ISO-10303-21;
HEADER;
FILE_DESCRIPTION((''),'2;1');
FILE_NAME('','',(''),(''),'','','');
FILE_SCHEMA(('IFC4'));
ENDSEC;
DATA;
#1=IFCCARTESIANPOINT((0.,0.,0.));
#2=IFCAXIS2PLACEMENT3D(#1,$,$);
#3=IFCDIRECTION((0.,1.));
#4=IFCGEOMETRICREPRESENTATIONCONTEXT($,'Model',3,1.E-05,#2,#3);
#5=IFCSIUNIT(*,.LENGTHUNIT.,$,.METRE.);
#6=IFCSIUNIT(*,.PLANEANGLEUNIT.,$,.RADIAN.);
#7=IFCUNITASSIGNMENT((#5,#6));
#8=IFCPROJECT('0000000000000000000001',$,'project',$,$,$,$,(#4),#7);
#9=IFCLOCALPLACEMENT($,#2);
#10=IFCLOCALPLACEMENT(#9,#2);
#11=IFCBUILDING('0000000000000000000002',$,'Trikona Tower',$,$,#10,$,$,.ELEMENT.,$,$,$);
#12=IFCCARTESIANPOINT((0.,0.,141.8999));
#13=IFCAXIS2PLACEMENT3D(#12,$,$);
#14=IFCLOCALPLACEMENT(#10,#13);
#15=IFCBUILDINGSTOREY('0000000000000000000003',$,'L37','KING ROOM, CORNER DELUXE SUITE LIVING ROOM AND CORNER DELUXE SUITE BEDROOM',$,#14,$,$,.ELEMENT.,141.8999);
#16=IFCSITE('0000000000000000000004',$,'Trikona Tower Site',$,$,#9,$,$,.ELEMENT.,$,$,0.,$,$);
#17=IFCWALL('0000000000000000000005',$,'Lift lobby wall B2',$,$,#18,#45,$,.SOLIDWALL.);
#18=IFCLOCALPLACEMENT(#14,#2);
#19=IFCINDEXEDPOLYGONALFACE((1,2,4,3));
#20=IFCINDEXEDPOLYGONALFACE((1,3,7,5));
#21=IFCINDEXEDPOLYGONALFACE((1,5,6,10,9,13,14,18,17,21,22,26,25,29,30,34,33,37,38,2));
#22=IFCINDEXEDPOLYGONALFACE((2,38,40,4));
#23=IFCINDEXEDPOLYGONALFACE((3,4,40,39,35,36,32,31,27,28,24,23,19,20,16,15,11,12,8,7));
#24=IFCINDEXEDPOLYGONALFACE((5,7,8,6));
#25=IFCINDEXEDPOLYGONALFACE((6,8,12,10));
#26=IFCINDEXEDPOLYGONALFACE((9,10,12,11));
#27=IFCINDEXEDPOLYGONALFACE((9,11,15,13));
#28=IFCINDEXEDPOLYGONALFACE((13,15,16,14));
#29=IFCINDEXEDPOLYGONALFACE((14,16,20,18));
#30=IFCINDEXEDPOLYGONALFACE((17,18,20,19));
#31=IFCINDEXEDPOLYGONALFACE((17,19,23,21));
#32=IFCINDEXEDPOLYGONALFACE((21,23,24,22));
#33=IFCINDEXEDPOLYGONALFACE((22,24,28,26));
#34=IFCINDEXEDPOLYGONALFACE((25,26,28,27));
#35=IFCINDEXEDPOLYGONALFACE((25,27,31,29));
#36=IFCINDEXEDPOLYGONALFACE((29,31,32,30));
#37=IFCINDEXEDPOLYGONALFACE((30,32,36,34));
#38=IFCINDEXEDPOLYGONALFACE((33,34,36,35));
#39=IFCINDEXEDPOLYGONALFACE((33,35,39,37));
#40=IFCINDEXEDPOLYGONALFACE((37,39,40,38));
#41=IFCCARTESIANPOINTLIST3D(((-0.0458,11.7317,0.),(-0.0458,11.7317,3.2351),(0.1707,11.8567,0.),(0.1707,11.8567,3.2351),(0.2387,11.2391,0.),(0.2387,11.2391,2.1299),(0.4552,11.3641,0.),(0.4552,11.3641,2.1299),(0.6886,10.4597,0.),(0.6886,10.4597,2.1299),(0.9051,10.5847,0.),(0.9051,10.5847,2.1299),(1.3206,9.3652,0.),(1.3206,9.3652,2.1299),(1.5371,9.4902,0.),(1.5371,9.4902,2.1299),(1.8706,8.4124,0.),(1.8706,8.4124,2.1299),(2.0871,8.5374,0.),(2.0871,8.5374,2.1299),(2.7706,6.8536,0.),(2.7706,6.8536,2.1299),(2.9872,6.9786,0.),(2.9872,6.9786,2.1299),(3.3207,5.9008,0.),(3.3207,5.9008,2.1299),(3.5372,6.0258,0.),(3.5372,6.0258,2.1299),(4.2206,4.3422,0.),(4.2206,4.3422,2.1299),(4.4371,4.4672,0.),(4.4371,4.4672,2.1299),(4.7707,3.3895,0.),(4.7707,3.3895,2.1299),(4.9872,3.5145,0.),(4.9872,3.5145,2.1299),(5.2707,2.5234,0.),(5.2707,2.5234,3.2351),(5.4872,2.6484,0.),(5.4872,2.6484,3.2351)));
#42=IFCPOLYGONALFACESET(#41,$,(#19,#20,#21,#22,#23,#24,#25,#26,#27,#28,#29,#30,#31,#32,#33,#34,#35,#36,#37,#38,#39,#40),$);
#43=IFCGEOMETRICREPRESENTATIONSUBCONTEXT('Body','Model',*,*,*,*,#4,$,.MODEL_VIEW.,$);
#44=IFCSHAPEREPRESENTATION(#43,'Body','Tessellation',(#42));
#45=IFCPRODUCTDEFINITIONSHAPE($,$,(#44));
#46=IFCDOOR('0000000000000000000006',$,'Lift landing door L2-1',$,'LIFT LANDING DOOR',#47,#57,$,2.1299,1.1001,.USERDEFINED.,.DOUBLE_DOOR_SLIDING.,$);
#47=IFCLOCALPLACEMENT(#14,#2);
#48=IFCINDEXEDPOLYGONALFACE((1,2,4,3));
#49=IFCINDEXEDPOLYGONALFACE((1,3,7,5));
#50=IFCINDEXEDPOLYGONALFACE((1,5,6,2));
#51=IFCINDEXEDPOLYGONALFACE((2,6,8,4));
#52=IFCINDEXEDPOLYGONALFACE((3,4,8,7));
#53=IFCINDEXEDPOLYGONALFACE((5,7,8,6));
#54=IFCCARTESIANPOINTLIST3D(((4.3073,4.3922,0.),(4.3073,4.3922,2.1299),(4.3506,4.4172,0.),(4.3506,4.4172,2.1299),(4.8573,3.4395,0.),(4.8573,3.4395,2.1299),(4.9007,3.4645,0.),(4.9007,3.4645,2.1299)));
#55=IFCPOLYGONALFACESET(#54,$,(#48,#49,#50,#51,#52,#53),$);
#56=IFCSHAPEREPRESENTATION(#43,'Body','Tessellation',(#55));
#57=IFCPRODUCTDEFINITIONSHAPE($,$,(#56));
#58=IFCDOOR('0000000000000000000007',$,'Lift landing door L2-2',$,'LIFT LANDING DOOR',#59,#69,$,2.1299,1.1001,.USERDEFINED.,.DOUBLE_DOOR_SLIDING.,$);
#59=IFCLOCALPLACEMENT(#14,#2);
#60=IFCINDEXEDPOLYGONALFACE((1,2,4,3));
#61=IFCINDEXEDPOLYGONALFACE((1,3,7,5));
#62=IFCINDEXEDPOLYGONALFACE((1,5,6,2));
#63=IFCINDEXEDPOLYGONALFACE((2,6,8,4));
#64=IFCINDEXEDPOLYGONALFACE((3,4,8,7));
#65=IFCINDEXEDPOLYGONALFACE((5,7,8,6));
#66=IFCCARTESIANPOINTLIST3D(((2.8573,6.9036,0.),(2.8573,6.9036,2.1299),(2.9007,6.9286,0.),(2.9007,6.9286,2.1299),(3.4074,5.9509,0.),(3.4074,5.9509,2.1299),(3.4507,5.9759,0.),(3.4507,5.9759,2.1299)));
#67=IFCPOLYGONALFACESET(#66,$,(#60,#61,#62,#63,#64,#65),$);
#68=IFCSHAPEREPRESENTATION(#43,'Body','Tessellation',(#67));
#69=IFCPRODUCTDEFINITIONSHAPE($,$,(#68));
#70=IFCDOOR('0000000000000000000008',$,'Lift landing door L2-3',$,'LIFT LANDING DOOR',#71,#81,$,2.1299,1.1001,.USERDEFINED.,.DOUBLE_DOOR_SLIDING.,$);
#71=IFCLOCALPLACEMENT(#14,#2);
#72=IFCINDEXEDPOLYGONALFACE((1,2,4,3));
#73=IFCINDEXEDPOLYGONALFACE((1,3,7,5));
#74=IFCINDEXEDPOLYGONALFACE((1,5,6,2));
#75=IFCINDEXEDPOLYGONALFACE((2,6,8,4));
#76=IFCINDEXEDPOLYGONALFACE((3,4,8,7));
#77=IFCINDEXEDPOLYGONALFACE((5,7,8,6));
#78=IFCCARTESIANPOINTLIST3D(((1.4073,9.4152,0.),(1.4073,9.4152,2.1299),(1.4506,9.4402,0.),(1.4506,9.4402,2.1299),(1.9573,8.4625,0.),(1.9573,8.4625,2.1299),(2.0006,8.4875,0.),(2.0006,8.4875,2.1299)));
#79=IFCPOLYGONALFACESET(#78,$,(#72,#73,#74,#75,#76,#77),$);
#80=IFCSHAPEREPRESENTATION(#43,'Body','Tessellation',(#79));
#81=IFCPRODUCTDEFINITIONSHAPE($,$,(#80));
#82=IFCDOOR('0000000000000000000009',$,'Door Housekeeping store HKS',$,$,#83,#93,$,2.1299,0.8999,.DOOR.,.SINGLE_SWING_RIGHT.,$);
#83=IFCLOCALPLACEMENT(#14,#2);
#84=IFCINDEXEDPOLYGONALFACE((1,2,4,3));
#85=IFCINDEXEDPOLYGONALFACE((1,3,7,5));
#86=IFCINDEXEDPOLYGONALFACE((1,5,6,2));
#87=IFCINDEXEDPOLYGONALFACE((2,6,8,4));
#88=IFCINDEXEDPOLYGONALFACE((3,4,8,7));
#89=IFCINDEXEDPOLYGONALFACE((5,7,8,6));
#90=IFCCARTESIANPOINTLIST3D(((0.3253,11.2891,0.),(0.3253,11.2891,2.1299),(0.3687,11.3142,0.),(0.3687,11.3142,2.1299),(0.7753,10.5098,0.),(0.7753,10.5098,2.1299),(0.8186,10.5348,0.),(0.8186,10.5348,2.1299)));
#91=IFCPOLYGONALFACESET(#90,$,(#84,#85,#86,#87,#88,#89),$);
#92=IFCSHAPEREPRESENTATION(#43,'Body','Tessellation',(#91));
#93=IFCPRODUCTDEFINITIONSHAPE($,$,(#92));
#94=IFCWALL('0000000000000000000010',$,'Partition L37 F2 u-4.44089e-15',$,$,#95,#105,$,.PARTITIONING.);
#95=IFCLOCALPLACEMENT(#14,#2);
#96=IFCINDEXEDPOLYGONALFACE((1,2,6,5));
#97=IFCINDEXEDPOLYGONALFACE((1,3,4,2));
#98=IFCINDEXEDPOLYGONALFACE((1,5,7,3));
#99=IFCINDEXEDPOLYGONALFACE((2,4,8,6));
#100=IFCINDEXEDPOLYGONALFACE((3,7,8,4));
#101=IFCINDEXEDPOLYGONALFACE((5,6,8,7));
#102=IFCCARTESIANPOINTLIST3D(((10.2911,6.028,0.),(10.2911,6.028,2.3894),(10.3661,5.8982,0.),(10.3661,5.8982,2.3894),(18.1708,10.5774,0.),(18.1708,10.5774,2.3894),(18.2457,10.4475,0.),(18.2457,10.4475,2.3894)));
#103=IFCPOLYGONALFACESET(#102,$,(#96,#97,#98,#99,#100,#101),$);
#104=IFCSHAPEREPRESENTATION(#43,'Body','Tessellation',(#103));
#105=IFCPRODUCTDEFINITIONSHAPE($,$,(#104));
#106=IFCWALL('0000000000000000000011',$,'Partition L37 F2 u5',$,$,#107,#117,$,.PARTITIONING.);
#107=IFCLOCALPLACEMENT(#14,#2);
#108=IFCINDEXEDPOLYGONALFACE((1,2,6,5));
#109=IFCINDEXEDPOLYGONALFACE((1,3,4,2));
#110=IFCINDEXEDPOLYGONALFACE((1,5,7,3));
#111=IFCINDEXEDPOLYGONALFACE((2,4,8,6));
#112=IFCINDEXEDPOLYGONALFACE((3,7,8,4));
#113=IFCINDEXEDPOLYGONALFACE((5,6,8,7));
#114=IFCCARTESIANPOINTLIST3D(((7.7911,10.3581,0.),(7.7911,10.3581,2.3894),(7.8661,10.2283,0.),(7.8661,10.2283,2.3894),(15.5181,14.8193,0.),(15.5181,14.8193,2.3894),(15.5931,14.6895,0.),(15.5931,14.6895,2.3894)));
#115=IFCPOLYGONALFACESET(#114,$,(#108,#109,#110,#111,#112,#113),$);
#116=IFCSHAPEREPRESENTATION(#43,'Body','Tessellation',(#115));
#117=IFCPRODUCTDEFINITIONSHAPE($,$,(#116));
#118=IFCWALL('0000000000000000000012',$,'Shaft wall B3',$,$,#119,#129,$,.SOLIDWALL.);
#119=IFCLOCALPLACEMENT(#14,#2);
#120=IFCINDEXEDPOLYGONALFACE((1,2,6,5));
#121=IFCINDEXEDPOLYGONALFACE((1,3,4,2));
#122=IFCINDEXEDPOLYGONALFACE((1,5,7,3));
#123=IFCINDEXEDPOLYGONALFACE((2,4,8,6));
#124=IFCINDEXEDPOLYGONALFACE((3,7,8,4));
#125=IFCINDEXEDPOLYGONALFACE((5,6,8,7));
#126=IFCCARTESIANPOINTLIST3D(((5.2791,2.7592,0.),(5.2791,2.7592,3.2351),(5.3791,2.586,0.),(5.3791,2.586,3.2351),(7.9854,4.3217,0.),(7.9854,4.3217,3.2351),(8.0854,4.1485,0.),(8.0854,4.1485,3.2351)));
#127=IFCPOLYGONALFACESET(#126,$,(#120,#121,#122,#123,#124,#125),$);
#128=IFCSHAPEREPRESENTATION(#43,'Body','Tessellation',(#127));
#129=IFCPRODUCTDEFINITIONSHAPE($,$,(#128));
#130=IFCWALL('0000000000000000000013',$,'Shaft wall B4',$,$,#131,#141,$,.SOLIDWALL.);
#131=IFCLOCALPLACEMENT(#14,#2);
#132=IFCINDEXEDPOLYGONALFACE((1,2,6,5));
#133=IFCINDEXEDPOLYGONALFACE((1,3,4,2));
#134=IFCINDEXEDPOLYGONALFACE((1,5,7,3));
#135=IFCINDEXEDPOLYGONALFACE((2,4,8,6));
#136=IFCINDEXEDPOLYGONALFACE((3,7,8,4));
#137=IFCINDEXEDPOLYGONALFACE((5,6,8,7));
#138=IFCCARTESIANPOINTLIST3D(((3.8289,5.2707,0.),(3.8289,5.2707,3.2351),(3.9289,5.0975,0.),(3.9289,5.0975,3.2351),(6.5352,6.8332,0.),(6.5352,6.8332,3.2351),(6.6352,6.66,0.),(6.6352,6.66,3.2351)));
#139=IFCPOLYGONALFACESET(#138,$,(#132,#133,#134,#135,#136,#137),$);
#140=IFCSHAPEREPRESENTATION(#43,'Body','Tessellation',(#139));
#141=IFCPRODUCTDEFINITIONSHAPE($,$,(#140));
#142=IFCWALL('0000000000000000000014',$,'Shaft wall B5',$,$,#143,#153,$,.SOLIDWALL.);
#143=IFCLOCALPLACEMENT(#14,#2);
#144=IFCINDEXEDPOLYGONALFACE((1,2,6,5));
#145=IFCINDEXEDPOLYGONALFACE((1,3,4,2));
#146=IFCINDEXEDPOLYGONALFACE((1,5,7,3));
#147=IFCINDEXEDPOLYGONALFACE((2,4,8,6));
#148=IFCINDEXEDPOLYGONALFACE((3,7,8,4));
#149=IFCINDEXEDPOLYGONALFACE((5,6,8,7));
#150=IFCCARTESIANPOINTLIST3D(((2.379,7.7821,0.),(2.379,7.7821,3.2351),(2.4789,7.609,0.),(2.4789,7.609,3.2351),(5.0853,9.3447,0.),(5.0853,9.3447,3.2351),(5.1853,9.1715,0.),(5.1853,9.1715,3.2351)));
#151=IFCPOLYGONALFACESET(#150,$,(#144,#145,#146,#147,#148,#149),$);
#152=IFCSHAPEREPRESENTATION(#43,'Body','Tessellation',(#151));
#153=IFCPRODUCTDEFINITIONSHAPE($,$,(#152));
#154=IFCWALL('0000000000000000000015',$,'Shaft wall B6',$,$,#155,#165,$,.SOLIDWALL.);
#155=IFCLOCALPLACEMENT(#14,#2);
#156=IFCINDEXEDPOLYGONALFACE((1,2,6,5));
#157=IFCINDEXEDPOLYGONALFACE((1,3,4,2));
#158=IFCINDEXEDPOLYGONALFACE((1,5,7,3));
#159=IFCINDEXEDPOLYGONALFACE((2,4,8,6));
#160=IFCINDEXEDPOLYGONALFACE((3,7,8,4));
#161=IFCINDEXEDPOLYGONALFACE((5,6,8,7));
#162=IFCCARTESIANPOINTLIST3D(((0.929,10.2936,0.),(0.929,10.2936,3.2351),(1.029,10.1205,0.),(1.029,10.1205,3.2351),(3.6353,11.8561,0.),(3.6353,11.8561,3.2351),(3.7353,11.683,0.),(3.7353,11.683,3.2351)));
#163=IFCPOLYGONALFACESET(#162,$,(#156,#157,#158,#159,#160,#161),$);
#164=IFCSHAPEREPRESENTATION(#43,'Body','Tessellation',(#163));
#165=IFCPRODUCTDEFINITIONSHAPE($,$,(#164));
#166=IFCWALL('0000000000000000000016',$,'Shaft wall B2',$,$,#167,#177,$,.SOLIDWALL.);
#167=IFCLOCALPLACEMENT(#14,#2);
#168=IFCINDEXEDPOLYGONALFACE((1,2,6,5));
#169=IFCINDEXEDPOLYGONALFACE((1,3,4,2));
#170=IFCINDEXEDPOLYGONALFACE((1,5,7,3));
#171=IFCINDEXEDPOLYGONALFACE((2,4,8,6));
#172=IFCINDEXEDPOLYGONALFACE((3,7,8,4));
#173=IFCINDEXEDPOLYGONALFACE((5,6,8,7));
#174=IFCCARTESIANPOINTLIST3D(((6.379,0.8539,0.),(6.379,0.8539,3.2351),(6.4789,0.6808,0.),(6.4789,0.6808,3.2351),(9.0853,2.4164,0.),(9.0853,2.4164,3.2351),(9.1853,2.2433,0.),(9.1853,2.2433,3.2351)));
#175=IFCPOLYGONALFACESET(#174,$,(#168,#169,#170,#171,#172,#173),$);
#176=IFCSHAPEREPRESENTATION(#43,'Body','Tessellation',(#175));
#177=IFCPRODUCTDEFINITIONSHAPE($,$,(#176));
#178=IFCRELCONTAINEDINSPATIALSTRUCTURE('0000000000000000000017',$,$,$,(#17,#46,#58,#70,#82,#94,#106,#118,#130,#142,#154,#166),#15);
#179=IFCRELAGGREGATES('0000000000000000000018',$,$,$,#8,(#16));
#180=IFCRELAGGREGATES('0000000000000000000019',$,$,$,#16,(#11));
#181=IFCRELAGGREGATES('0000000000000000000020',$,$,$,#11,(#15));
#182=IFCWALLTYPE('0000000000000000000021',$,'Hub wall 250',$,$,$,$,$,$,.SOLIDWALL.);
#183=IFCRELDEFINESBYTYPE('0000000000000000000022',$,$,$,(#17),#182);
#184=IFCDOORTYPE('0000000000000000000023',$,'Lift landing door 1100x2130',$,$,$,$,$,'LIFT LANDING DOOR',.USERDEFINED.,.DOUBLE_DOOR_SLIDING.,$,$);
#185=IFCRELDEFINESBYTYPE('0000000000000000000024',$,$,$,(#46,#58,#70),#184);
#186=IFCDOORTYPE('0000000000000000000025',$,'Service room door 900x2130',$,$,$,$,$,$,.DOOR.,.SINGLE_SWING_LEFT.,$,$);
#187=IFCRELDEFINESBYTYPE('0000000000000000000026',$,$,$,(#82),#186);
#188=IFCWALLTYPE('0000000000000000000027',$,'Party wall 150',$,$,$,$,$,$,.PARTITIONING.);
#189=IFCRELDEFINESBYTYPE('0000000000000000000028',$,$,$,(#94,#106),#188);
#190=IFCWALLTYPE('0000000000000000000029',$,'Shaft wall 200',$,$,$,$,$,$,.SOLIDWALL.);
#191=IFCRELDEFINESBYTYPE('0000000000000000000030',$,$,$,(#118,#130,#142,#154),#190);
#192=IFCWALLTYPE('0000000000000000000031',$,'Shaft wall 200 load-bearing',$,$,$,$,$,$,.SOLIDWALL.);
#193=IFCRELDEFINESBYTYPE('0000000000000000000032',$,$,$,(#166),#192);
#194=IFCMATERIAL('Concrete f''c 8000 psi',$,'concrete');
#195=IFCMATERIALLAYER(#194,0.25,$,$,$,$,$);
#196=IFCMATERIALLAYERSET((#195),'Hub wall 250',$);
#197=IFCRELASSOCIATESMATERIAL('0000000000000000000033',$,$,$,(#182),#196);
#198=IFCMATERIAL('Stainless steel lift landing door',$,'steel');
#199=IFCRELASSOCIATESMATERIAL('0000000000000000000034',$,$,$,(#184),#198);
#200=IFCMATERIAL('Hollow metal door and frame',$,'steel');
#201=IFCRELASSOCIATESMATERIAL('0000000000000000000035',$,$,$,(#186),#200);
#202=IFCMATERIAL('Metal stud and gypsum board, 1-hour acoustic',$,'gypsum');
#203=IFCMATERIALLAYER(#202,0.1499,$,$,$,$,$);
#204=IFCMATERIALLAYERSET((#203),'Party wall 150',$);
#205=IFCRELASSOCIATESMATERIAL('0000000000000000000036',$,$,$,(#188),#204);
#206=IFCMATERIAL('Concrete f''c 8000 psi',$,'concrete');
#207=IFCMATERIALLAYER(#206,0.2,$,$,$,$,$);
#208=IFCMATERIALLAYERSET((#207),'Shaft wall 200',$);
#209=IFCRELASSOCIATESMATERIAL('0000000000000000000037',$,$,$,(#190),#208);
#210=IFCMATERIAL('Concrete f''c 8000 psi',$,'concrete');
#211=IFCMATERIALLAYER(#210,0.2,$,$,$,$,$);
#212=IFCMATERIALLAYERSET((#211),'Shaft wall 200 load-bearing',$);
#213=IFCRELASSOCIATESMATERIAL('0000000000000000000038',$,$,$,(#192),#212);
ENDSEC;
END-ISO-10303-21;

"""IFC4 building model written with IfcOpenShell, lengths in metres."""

from ifc_helpers import new_model, si_unit, direction, frame, frame_2d, origin, place, context, subcontext, project, spatial, rectangle, extrude, material, layer, layer_set, type_object, element, fill, save


model = new_model("IFC4")

# Units and contexts
model_context = context("Model", 3, precision=1e-05, world=origin(), true_north=direction((0.0, 1.0)))
body_context = subcontext(model_context, "Body", "Model", "MODEL_VIEW")
ifc_project = project(units=[si_unit("LENGTHUNIT", "METRE"), si_unit("PLANEANGLEUNIT", "RADIAN")], contexts=[model_context])

# Site, building, storey
site_placement = place(None, origin())
site = spatial("IfcSite", under=ifc_project, at=site_placement, Name="Trikona Tower Site", CompositionType="ELEMENT", RefElevation=0.0)
building_placement = place(site_placement, origin())
building = spatial("IfcBuilding", under=site, at=building_placement, Name="Trikona Tower", CompositionType="ELEMENT")
storey_placement = place(building_placement, frame((0.0, 0.0, 141.8999)))
storey = spatial("IfcBuildingStorey", under=building, at=storey_placement, Name="L37", Description="KING ROOM, CORNER DELUXE SUITE LIVING ROOM AND CORNER DELUXE SUITE BEDROOM", CompositionType="ELEMENT", Elevation=141.8999)

# Wall, openings, doors
ifc_material_1 = material(Name="Concrete f'c 8000 psi", Category="concrete")
ifc_layer_1 = layer(ifc_material_1, 0.25)
ifc_layer_set_1 = layer_set([ifc_layer_1], Name="Hub wall 250")
wall_type_1 = type_object("IfcWallType", Name="Hub wall 250", PredefinedType="SOLIDWALL", material=ifc_layer_set_1)
wall_1_placement = place(storey_placement, frame((5.3789, 2.5859, 0.0), z_axis=(0.0, 0.0, 1.0), x_axis=(-0.500001, 0.866025, 0.0)))
wall_1 = element("IfcWall", 1, at=wall_1_placement, inside=storey, type_object=wall_type_1, Name="Lift lobby wall B2", PredefinedType="SOLIDWALL", context=body_context, shape_type="SweptSolid", body=[
    extrude(rectangle(XDim=10.6328, YDim=0.25, at=frame_2d((5.3164, 0.0))), origin(), (0.0, 0.0, 1.0), 3.2351),
])
opening_1_placement = place(wall_1_placement, frame((9.1641, 0.0, 0.0)))
opening_1 = element("IfcOpeningElement", 2, at=opening_1_placement, cuts=wall_1, PredefinedType="OPENING", context=body_context, shape_type="SweptSolid", body=[
    extrude(rectangle(XDim=0.8999, YDim=2.1299, at=frame_2d((0.45, 1.0649))), frame((0.0, 0.135, 0.0), z_axis=(0.0, -1.0, 0.0), x_axis=(1.0, 0.0, 0.0)), (0.0, 0.0, 1.0), 0.27),
])
opening_2_placement = place(wall_1_placement, frame((1.0, 0.0, 0.0)))
opening_2 = element("IfcOpeningElement", 3, at=opening_2_placement, cuts=wall_1, PredefinedType="OPENING", context=body_context, shape_type="SweptSolid", body=[
    extrude(rectangle(XDim=1.1001, YDim=2.1299, at=frame_2d((0.55, 1.0649))), frame((0.0, 0.135, 0.0), z_axis=(0.0, -1.0, 0.0), x_axis=(1.0, 0.0, 0.0)), (0.0, 0.0, 1.0), 0.27),
])
opening_3_placement = place(wall_1_placement, frame((3.8999, 0.0, 0.0)))
opening_3 = element("IfcOpeningElement", 4, at=opening_3_placement, cuts=wall_1, PredefinedType="OPENING", context=body_context, shape_type="SweptSolid", body=[
    extrude(rectangle(XDim=1.1001, YDim=2.1299, at=frame_2d((0.55, 1.0649))), frame((0.0, 0.135, 0.0), z_axis=(0.0, -1.0, 0.0), x_axis=(1.0, 0.0, 0.0)), (0.0, 0.0, 1.0), 0.27),
])
opening_4_placement = place(wall_1_placement, frame((6.8, 0.0, 0.0)))
opening_4 = element("IfcOpeningElement", 5, at=opening_4_placement, cuts=wall_1, PredefinedType="OPENING", context=body_context, shape_type="SweptSolid", body=[
    extrude(rectangle(XDim=1.1001, YDim=2.1299, at=frame_2d((0.55, 1.0649))), frame((0.0, 0.135, 0.0), z_axis=(0.0, -1.0, 0.0), x_axis=(1.0, 0.0, 0.0)), (0.0, 0.0, 1.0), 0.27),
])
ifc_material_2 = material(Name="Stainless steel lift landing door", Category="steel")
door_type_1 = type_object("IfcDoorType", Name="Lift landing door 1100x2130", ElementType="LIFT LANDING DOOR", OperationType="DOUBLE_DOOR_SLIDING", PredefinedType="USERDEFINED", material=ifc_material_2)
door_1_placement = place(opening_2_placement, origin())
door_1 = element("IfcDoor", 6, at=door_1_placement, inside=storey, type_object=door_type_1, Name="Lift landing door L2-1", ObjectType="LIFT LANDING DOOR", OperationType="DOUBLE_DOOR_SLIDING", OverallHeight=2.1299, OverallWidth=1.1001, PredefinedType="USERDEFINED", context=body_context, shape_type="SweptSolid", body=[
    extrude(rectangle(XDim=1.1001, YDim=2.1299, at=frame_2d((0.55, 1.0649))), frame((0.0, 0.0249, 0.0), z_axis=(0.0, -1.0, 0.0), x_axis=(1.0, 0.0, 0.0)), (0.0, 0.0, 1.0), 0.05),
])
fill(opening_2, door_1)
door_2_placement = place(opening_3_placement, origin())
door_2 = element("IfcDoor", 7, at=door_2_placement, inside=storey, type_object=door_type_1, Name="Lift landing door L2-2", ObjectType="LIFT LANDING DOOR", OperationType="DOUBLE_DOOR_SLIDING", OverallHeight=2.1299, OverallWidth=1.1001, PredefinedType="USERDEFINED", context=body_context, shape_type="SweptSolid", body=[
    extrude(rectangle(XDim=1.1001, YDim=2.1299, at=frame_2d((0.55, 1.0649))), frame((0.0, 0.0249, 0.0), z_axis=(0.0, -1.0, 0.0), x_axis=(1.0, 0.0, 0.0)), (0.0, 0.0, 1.0), 0.05),
])
fill(opening_3, door_2)
door_3_placement = place(opening_4_placement, origin())
door_3 = element("IfcDoor", 8, at=door_3_placement, inside=storey, type_object=door_type_1, Name="Lift landing door L2-3", ObjectType="LIFT LANDING DOOR", OperationType="DOUBLE_DOOR_SLIDING", OverallHeight=2.1299, OverallWidth=1.1001, PredefinedType="USERDEFINED", context=body_context, shape_type="SweptSolid", body=[
    extrude(rectangle(XDim=1.1001, YDim=2.1299, at=frame_2d((0.55, 1.0649))), frame((0.0, 0.0249, 0.0), z_axis=(0.0, -1.0, 0.0), x_axis=(1.0, 0.0, 0.0)), (0.0, 0.0, 1.0), 0.05),
])
fill(opening_4, door_3)
ifc_material_3 = material(Name="Hollow metal door and frame", Category="steel")
door_type_2 = type_object("IfcDoorType", Name="Service room door 900x2130", OperationType="SINGLE_SWING_LEFT", PredefinedType="DOOR", material=ifc_material_3)
door_4_placement = place(opening_1_placement, origin())
door_4 = element("IfcDoor", 9, at=door_4_placement, inside=storey, type_object=door_type_2, Name="Door Housekeeping store HKS", OperationType="SINGLE_SWING_RIGHT", OverallHeight=2.1299, OverallWidth=0.8999, PredefinedType="DOOR", context=body_context, shape_type="SweptSolid", body=[
    extrude(rectangle(XDim=0.8999, YDim=2.1299, at=frame_2d((0.45, 1.0649))), frame((0.0, 0.0249, 0.0), z_axis=(0.0, -1.0, 0.0), x_axis=(1.0, 0.0, 0.0)), (0.0, 0.0, 1.0), 0.05),
])
fill(opening_1, door_4)

# Walls
ifc_material_4 = material(Name="Metal stud and gypsum board, 1-hour acoustic", Category="gypsum")
ifc_layer_2 = layer(ifc_material_4, 0.1499)
ifc_layer_set_2 = layer_set([ifc_layer_2], Name="Party wall 150")
wall_type_2 = type_object("IfcWallType", Name="Party wall 150", PredefinedType="PARTITIONING", material=ifc_layer_set_2)
wall_2_placement = place(storey_placement, frame((10.3286, 5.9631, 0.0), z_axis=(0.0, 0.0, 1.0), x_axis=(0.866025, 0.5, 0.0)))
element("IfcWall", 10, at=wall_2_placement, inside=storey, type_object=wall_type_2, Name="Partition L37 F2 u-4.44089e-15", PredefinedType="PARTITIONING", context=body_context, shape_type="SweptSolid", body=[
    extrude(rectangle(XDim=9.0986, YDim=0.1499, at=frame_2d((4.5493, 0.0))), origin(), (0.0, 0.0, 1.0), 2.3894),
])
wall_3_placement = place(storey_placement, frame((7.8286, 10.2932, 0.0), z_axis=(0.0, 0.0, 1.0), x_axis=(0.866027, 0.499997, 0.0)))
element("IfcWall", 11, at=wall_3_placement, inside=storey, type_object=wall_type_2, Name="Partition L37 F2 u5", PredefinedType="PARTITIONING", context=body_context, shape_type="SweptSolid", body=[
    extrude(rectangle(XDim=8.9224, YDim=0.1499, at=frame_2d((4.4612, 0.0))), origin(), (0.0, 0.0, 1.0), 2.3894),
])
ifc_material_5 = material(Name="Concrete f'c 8000 psi", Category="concrete")
ifc_layer_3 = layer(ifc_material_5, 0.2)
ifc_layer_set_3 = layer_set([ifc_layer_3], Name="Shaft wall 200")
wall_type_3 = type_object("IfcWallType", Name="Shaft wall 200", PredefinedType="SOLIDWALL", material=ifc_layer_set_3)
for number, where, z_axis, x_axis, name in (
    (12, (5.3291, 2.6726, 0.0), (0.0, 0.0, 1.0), (0.866023, 0.500004, 0.0), "Shaft wall B3"),
    (13, (3.8789, 5.1841, 0.0), (0.0, 0.0, 1.0), (0.866023, 0.500004, 0.0), "Shaft wall B4"),
    (14, (2.429, 7.6956, 0.0), (0.0, 0.0, 1.0), (0.866023, 0.500004, 0.0), "Shaft wall B5"),
    (15, (0.979, 10.207, 0.0), (0.0, 0.0, 1.0), (0.866023, 0.500004, 0.0), "Shaft wall B6"),
):
    element("IfcWall", number, at=place(storey_placement, frame(where, z_axis=z_axis, x_axis=x_axis)), inside=storey, type_object=wall_type_3, Name=name, PredefinedType="SOLIDWALL", context=body_context, shape_type="SweptSolid", body=[
        extrude(rectangle(XDim=3.125, YDim=0.2, at=frame_2d((1.5625, 0.0))), origin(), (0.0, 0.0, 1.0), 3.2351),
    ])
ifc_material_6 = material(Name="Concrete f'c 8000 psi", Category="concrete")
ifc_layer_4 = layer(ifc_material_6, 0.2)
ifc_layer_set_4 = layer_set([ifc_layer_4], Name="Shaft wall 200 load-bearing")
wall_type_4 = type_object("IfcWallType", Name="Shaft wall 200 load-bearing", PredefinedType="SOLIDWALL", material=ifc_layer_set_4)
wall_4_placement = place(storey_placement, frame((6.429, 0.7673, 0.0), z_axis=(0.0, 0.0, 1.0), x_axis=(0.866023, 0.500004, 0.0)))
element("IfcWall", 16, at=wall_4_placement, inside=storey, type_object=wall_type_4, Name="Shaft wall B2", PredefinedType="SOLIDWALL", context=body_context, shape_type="SweptSolid", body=[
    extrude(rectangle(XDim=3.125, YDim=0.2, at=frame_2d((1.5625, 0.0))), origin(), (0.0, 0.0, 1.0), 3.2351),
])

save(model, "model.ifc")
